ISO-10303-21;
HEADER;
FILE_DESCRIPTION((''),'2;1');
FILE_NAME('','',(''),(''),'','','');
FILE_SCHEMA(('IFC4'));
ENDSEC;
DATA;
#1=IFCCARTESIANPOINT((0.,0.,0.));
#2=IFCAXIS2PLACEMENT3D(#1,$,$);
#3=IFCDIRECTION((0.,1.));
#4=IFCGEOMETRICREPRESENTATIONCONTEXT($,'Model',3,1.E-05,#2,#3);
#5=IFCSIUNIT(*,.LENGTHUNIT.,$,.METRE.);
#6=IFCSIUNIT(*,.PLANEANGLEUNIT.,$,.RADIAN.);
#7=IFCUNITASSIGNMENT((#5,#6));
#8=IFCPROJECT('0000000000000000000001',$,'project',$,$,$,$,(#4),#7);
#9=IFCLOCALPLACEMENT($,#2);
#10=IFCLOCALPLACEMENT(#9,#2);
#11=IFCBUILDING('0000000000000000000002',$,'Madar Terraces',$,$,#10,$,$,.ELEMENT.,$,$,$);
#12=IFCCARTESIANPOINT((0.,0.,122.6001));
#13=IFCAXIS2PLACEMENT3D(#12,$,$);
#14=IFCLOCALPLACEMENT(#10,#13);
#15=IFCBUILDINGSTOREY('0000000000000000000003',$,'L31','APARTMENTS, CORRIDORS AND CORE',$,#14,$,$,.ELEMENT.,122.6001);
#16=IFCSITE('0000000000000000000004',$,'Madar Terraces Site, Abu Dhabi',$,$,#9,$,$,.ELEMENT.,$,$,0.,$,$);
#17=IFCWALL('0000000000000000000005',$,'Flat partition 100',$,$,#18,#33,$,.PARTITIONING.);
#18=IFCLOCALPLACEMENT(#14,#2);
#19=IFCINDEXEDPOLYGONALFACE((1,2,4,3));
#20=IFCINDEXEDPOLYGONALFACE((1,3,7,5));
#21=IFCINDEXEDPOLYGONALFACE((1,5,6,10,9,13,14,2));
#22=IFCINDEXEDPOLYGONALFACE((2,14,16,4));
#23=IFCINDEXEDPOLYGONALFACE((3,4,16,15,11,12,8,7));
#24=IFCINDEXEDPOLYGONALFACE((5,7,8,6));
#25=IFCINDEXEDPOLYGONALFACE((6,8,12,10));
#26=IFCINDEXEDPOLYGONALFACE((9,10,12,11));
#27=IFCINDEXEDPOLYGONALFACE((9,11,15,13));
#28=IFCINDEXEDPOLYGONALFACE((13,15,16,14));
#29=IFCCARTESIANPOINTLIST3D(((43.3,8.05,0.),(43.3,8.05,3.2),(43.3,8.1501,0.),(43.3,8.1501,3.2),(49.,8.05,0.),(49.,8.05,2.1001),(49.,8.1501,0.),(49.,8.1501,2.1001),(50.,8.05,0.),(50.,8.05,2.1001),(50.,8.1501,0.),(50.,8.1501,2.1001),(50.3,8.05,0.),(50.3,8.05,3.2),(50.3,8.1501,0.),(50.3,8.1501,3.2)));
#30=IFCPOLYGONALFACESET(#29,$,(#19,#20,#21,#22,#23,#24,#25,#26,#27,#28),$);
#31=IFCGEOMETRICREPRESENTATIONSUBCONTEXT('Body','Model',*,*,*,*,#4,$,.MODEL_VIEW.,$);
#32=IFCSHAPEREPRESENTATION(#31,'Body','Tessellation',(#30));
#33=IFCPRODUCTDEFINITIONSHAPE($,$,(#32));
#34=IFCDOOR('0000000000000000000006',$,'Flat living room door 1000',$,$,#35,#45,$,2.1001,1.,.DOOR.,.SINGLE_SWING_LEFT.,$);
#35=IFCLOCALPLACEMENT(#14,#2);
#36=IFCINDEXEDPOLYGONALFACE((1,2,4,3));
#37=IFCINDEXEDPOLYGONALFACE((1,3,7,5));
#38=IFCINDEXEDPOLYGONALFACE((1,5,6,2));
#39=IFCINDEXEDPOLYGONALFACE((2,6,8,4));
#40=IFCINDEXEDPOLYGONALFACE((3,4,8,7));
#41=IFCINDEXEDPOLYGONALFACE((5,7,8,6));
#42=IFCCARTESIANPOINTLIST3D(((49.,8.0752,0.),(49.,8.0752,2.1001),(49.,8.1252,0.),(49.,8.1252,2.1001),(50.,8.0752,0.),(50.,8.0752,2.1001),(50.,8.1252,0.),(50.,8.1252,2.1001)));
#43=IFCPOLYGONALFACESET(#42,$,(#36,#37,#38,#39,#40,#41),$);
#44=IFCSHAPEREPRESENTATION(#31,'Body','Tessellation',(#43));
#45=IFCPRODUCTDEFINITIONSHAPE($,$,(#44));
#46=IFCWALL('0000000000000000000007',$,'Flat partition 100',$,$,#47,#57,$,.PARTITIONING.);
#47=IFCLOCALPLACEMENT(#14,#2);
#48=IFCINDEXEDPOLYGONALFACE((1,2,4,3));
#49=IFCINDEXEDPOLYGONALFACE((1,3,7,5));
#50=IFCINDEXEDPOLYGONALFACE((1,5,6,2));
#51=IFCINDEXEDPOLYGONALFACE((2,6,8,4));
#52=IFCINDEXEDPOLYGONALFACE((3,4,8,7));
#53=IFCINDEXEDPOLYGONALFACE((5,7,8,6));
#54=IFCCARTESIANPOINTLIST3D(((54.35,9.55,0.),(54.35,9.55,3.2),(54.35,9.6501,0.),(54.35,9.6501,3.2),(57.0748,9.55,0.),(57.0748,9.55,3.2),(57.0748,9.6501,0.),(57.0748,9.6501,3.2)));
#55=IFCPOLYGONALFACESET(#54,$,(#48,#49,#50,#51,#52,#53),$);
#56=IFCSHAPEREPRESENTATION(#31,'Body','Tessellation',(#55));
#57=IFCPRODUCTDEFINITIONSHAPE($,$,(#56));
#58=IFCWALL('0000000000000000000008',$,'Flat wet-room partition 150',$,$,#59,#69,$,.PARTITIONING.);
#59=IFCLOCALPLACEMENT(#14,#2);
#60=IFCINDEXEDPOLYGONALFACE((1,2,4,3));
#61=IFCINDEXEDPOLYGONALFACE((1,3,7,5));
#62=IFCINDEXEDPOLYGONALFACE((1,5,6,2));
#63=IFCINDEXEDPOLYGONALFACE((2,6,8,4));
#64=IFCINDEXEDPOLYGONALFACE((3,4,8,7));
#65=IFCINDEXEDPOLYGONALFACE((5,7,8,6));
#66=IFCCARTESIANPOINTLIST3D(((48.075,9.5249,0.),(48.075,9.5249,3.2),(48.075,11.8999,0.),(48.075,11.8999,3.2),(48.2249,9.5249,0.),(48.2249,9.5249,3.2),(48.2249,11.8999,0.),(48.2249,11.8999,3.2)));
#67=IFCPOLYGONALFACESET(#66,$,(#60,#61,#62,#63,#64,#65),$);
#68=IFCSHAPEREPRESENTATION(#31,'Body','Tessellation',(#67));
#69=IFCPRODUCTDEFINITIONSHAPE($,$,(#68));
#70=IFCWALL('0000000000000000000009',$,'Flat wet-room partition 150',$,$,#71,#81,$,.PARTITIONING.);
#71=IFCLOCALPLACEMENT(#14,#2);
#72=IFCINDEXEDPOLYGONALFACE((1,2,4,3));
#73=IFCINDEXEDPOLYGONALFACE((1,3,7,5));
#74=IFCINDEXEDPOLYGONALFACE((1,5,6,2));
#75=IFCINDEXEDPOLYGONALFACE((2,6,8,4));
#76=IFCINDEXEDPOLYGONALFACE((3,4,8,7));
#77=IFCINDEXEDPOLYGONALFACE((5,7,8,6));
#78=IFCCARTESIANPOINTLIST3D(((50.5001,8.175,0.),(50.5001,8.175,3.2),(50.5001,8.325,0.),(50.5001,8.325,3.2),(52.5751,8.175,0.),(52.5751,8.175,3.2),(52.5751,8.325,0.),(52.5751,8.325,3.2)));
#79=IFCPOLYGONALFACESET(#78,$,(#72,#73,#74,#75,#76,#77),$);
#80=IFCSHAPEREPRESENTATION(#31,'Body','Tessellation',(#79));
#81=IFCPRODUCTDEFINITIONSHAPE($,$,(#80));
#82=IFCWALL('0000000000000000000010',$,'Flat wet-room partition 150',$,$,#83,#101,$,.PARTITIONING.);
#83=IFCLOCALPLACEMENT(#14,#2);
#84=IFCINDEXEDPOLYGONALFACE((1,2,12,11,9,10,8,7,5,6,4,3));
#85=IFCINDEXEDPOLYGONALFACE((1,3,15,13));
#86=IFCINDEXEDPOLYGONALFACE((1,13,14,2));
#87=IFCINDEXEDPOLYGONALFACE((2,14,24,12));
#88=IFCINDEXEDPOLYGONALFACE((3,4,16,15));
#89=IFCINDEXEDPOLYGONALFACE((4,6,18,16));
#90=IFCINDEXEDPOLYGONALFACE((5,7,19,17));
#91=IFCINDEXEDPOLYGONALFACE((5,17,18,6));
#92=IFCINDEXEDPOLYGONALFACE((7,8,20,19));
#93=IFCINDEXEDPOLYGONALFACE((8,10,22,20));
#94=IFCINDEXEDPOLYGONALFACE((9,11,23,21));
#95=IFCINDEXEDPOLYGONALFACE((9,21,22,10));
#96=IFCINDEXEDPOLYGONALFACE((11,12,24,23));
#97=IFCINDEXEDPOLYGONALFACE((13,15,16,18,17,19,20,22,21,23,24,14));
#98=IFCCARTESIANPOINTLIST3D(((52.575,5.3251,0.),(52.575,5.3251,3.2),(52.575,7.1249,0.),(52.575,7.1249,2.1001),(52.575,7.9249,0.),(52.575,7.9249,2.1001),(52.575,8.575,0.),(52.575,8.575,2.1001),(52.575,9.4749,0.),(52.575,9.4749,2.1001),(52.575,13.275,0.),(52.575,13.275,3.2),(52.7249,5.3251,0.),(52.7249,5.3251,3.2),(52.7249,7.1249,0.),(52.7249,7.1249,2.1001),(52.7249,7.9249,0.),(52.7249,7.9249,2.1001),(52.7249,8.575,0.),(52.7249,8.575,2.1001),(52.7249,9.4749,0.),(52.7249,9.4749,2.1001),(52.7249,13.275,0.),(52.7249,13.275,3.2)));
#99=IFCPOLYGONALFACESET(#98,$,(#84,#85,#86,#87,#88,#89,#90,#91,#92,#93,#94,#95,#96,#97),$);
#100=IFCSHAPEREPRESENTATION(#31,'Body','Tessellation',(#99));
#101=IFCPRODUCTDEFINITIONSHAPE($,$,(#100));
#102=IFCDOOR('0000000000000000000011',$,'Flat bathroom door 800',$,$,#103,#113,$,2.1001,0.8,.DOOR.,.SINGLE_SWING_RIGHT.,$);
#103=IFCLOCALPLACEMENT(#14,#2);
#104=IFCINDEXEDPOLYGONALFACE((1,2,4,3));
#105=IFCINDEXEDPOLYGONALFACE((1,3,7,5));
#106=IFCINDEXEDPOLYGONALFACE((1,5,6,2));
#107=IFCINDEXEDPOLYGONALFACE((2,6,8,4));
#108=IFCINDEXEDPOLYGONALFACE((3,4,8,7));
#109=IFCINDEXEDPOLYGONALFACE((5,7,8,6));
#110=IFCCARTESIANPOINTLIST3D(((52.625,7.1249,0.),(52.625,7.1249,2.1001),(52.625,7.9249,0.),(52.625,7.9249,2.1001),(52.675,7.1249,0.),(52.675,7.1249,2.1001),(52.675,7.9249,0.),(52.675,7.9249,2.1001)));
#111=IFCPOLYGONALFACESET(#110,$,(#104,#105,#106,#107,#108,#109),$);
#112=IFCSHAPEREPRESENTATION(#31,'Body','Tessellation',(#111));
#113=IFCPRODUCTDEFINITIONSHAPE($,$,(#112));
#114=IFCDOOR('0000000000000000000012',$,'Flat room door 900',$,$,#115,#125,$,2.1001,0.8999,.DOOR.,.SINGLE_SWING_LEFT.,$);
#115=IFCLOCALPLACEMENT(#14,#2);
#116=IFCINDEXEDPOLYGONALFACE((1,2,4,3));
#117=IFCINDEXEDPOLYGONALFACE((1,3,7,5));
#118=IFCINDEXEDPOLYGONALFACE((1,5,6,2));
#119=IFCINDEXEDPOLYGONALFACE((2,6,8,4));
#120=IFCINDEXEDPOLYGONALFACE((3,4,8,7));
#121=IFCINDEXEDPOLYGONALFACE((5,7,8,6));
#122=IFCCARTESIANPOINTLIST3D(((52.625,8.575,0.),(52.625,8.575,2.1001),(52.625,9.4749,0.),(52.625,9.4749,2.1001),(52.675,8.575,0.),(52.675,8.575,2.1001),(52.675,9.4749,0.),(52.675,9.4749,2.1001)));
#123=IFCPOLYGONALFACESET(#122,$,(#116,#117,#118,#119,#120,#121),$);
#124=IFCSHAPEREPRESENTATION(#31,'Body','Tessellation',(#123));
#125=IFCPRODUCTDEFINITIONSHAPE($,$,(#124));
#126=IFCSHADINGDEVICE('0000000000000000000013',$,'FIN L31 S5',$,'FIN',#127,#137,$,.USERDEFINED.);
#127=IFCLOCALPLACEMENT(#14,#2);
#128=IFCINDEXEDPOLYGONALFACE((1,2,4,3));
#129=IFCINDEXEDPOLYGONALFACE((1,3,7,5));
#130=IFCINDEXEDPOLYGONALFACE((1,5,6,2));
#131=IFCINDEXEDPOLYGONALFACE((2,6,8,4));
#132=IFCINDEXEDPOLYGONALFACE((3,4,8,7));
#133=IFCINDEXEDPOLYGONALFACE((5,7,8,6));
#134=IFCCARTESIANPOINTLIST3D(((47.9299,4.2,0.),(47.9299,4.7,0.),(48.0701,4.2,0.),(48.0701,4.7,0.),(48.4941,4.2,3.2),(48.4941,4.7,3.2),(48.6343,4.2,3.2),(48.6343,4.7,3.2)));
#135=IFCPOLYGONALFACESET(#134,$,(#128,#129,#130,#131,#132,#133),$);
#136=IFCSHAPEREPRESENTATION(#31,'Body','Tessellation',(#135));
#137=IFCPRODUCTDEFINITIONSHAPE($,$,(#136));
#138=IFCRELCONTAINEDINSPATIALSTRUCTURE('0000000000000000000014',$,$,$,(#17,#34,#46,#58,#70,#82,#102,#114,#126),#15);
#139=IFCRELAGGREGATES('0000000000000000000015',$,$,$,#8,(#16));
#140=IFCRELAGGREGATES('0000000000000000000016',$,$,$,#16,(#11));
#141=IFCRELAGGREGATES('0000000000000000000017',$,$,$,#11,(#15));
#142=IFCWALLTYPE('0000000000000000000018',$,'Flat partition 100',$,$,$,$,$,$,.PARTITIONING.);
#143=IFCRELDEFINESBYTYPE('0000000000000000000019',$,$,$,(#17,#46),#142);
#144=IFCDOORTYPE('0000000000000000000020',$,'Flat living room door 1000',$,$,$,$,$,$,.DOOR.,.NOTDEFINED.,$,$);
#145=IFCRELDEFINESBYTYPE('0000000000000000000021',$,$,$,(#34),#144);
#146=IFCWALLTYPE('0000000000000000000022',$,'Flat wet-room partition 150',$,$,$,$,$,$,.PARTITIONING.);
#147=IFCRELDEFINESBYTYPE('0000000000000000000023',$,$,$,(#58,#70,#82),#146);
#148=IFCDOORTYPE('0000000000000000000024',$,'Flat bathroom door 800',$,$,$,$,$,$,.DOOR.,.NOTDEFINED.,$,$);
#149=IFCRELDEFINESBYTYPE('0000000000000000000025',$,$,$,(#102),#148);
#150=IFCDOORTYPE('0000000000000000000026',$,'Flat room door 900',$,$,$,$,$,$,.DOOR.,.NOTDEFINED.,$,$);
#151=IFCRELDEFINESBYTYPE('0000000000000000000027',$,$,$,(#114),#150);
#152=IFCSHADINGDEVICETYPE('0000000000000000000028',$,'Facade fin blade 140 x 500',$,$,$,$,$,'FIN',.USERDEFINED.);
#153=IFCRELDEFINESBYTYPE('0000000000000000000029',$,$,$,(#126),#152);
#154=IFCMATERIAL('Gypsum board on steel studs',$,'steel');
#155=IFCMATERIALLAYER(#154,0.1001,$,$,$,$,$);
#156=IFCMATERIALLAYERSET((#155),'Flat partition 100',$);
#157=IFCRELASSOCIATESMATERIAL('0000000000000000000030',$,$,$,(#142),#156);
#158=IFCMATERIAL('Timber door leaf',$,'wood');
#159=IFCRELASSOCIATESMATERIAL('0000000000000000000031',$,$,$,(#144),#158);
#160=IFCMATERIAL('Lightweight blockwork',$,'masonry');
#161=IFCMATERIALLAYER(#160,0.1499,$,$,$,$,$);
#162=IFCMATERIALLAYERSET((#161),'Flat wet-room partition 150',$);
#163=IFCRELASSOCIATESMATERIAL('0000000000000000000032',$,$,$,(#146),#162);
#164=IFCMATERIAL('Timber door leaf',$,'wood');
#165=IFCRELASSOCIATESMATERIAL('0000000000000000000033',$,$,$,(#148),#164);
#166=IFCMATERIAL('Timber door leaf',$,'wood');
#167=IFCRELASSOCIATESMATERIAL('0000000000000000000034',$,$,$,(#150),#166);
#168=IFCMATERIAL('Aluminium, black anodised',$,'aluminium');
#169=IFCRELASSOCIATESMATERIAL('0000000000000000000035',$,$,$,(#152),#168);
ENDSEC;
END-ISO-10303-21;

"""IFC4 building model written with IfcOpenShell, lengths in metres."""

from ifc_helpers import new_model, si_unit, direction, frame, frame_2d, origin, place, context, subcontext, project, spatial, polyline, rectangle, outline, extrude, material, layer, layer_set, type_object, element, fill, save


model = new_model("IFC4")

# Units and contexts
model_context = context("Model", 3, precision=1e-05, world=origin(), true_north=direction((0.0, 1.0)))
body_context = subcontext(model_context, "Body", "Model", "MODEL_VIEW")
ifc_project = project(units=[si_unit("LENGTHUNIT", "METRE"), si_unit("PLANEANGLEUNIT", "RADIAN")], contexts=[model_context])

# Site, building, storey
site_placement = place(None, origin())
site = spatial("IfcSite", under=ifc_project, at=site_placement, Name="Madar Terraces Site, Abu Dhabi", CompositionType="ELEMENT", RefElevation=0.0)
building_placement = place(site_placement, origin())
building = spatial("IfcBuilding", under=site, at=building_placement, Name="Madar Terraces", CompositionType="ELEMENT")
storey_placement = place(building_placement, frame((0.0, 0.0, 122.6001)))
storey = spatial("IfcBuildingStorey", under=building, at=storey_placement, Name="L31", Description="APARTMENTS, CORRIDORS AND CORE", CompositionType="ELEMENT", Elevation=122.6001)

# Wall, opening, door
ifc_material_1 = material(Name="Gypsum board on steel studs", Category="steel")
ifc_layer_1 = layer(ifc_material_1, 0.1001)
ifc_layer_set_1 = layer_set([ifc_layer_1], Name="Flat partition 100")
wall_type_1 = type_object("IfcWallType", Name="Flat partition 100", PredefinedType="PARTITIONING", material=ifc_layer_set_1)
wall_1_placement = place(storey_placement, frame((50.3, 8.1001, 0.0), z_axis=(0.0, 0.0, 1.0), x_axis=(-1.0, 0.0, 0.0)))
wall_1 = element("IfcWall", 1, at=wall_1_placement, inside=storey, type_object=wall_type_1, Name="Flat partition 100", PredefinedType="PARTITIONING", context=body_context, shape_type="SweptSolid", body=[
    extrude(rectangle(XDim=7.0, YDim=0.1001, at=frame_2d((3.5, 0.0))), origin(), (0.0, 0.0, 1.0), 3.2),
])
opening_1_placement = place(wall_1_placement, frame((0.3, 0.0, 0.0)))
opening_1 = element("IfcOpeningElement", 2, at=opening_1_placement, cuts=wall_1, PredefinedType="OPENING", context=body_context, shape_type="SweptSolid", body=[
    extrude(rectangle(XDim=1.0, YDim=2.1001, at=frame_2d((0.5, 1.05))), frame((0.0, 0.0601, 0.0), z_axis=(0.0, -1.0, 0.0), x_axis=(1.0, 0.0, 0.0)), (0.0, 0.0, 1.0), 0.1201),
])
ifc_material_2 = material(Name="Timber door leaf", Category="wood")
door_type_1 = type_object("IfcDoorType", Name="Flat living room door 1000", OperationType="NOTDEFINED", PredefinedType="DOOR", material=ifc_material_2)
door_1_placement = place(opening_1_placement, origin())
door_1 = element("IfcDoor", 3, at=door_1_placement, inside=storey, type_object=door_type_1, Name="Flat living room door 1000", OperationType="SINGLE_SWING_LEFT", OverallHeight=2.1001, OverallWidth=1.0, PredefinedType="DOOR", context=body_context, shape_type="SweptSolid", body=[
    extrude(rectangle(XDim=1.0, YDim=2.1001, at=frame_2d((0.5, 1.05))), frame((0.0, 0.0249, 0.0), z_axis=(0.0, -1.0, 0.0), x_axis=(1.0, 0.0, 0.0)), (0.0, 0.0, 1.0), 0.05),
])
fill(opening_1, door_1)

# Walls
wall_2_placement = place(storey_placement, frame((54.3501, 9.6001, 0.0), z_axis=(0.0, 0.0, 1.0), x_axis=(1.0, 0.0, 0.0)))
element("IfcWall", 4, at=wall_2_placement, inside=storey, type_object=wall_type_1, Name="Flat partition 100", PredefinedType="PARTITIONING", context=body_context, shape_type="SweptSolid", body=[
    extrude(rectangle(XDim=2.7249, YDim=0.1001, at=frame_2d((1.3623, 0.0))), origin(), (0.0, 0.0, 1.0), 3.2),
])
ifc_material_3 = material(Name="Lightweight blockwork", Category="masonry")
ifc_layer_2 = layer(ifc_material_3, 0.1499)
ifc_layer_set_2 = layer_set([ifc_layer_2], Name="Flat wet-room partition 150")
wall_type_2 = type_object("IfcWallType", Name="Flat wet-room partition 150", PredefinedType="PARTITIONING", material=ifc_layer_set_2)
wall_3_placement = place(storey_placement, frame((48.1499, 11.8999, 0.0), z_axis=(0.0, 0.0, 1.0), x_axis=(0.0, -1.0, 0.0)))
element("IfcWall", 5, at=wall_3_placement, inside=storey, type_object=wall_type_2, Name="Flat wet-room partition 150", PredefinedType="PARTITIONING", context=body_context, shape_type="SweptSolid", body=[
    extrude(rectangle(XDim=2.375, YDim=0.1499, at=frame_2d((1.1875, 0.0))), origin(), (0.0, 0.0, 1.0), 3.2),
])
wall_4_placement = place(storey_placement, frame((50.5, 8.25, 0.0), z_axis=(0.0, 0.0, 1.0), x_axis=(1.0, 0.0, 0.0)))
element("IfcWall", 6, at=wall_4_placement, inside=storey, type_object=wall_type_2, Name="Flat wet-room partition 150", PredefinedType="PARTITIONING", context=body_context, shape_type="SweptSolid", body=[
    extrude(rectangle(XDim=2.075, YDim=0.1499, at=frame_2d((1.0376, 0.0))), origin(), (0.0, 0.0, 1.0), 3.2),
])

# Wall, openings, doors
wall_5_placement = place(storey_placement, frame((52.6499, 5.325, 0.0), z_axis=(0.0, 0.0, 1.0), x_axis=(0.0, 1.0, 0.0)))
wall_5 = element("IfcWall", 7, at=wall_5_placement, inside=storey, type_object=wall_type_2, Name="Flat wet-room partition 150", PredefinedType="PARTITIONING", context=body_context, shape_type="SweptSolid", body=[
    extrude(rectangle(XDim=7.95, YDim=0.1499, at=frame_2d((3.9751, 0.0))), origin(), (0.0, 0.0, 1.0), 3.2),
])
opening_2_placement = place(wall_5_placement, frame((3.25, 0.0, 0.0)))
opening_2 = element("IfcOpeningElement", 8, at=opening_2_placement, cuts=wall_5, PredefinedType="OPENING", context=body_context, shape_type="SweptSolid", body=[
    extrude(rectangle(XDim=0.8999, YDim=2.1001, at=frame_2d((0.45, 1.05))), frame((0.0, 0.085, 0.0), z_axis=(0.0, -1.0, 0.0), x_axis=(1.0, 0.0, 0.0)), (0.0, 0.0, 1.0), 0.1699),
])
opening_3_placement = place(wall_5_placement, frame((1.8, 0.0, 0.0)))
opening_3 = element("IfcOpeningElement", 9, at=opening_3_placement, cuts=wall_5, PredefinedType="OPENING", context=body_context, shape_type="SweptSolid", body=[
    extrude(rectangle(XDim=0.8, YDim=2.1001, at=frame_2d((0.3999, 1.05))), frame((0.0, 0.085, 0.0), z_axis=(0.0, -1.0, 0.0), x_axis=(1.0, 0.0, 0.0)), (0.0, 0.0, 1.0), 0.1699),
])
ifc_material_4 = material(Name="Timber door leaf", Category="wood")
door_type_2 = type_object("IfcDoorType", Name="Flat bathroom door 800", OperationType="NOTDEFINED", PredefinedType="DOOR", material=ifc_material_4)
door_2_placement = place(opening_3_placement, origin())
door_2 = element("IfcDoor", 10, at=door_2_placement, inside=storey, type_object=door_type_2, Name="Flat bathroom door 800", OperationType="SINGLE_SWING_RIGHT", OverallHeight=2.1001, OverallWidth=0.8, PredefinedType="DOOR", context=body_context, shape_type="SweptSolid", body=[
    extrude(rectangle(XDim=0.8, YDim=2.1001, at=frame_2d((0.3999, 1.05))), frame((0.0, 0.0249, 0.0), z_axis=(0.0, -1.0, 0.0), x_axis=(1.0, 0.0, 0.0)), (0.0, 0.0, 1.0), 0.05),
])
fill(opening_3, door_2)
ifc_material_5 = material(Name="Timber door leaf", Category="wood")
door_type_3 = type_object("IfcDoorType", Name="Flat room door 900", OperationType="NOTDEFINED", PredefinedType="DOOR", material=ifc_material_5)
door_3_placement = place(opening_2_placement, origin())
door_3 = element("IfcDoor", 11, at=door_3_placement, inside=storey, type_object=door_type_3, Name="Flat room door 900", OperationType="SINGLE_SWING_LEFT", OverallHeight=2.1001, OverallWidth=0.8999, PredefinedType="DOOR", context=body_context, shape_type="SweptSolid", body=[
    extrude(rectangle(XDim=0.8999, YDim=2.1001, at=frame_2d((0.45, 1.05))), frame((0.0, 0.0249, 0.0), z_axis=(0.0, -1.0, 0.0), x_axis=(1.0, 0.0, 0.0)), (0.0, 0.0, 1.0), 0.05),
])
fill(opening_2, door_3)

# Shading device
ifc_material_6 = material(Name="Aluminium, black anodised", Category="aluminium")
shading_device_type = type_object("IfcShadingDeviceType", Name="Facade fin blade 140 x 500", ElementType="FIN", PredefinedType="USERDEFINED", material=ifc_material_6)
shading_device_placement = place(storey_placement, frame((47.9299, 4.45, 0.0), z_axis=(0.0, 0.0, 1.0), x_axis=(1.0, 0.0, 0.0)))
element("IfcShadingDevice", 12, at=shading_device_placement, inside=storey, type_object=shading_device_type, Name="FIN L31 S5", ObjectType="FIN", PredefinedType="USERDEFINED", context=body_context, shape_type="SweptSolid", body=[
    extrude(outline(polyline([(0.0, 0.0), (0.1401, 0.0), (0.7043, 3.2), (0.5642, 3.2), (0.0, 0.0)])), frame((0.0, 0.25, 0.0), z_axis=(0.0, -1.0, 0.0), x_axis=(1.0, 0.0, 0.0)), (0.0, 0.0, 1.0), 0.5),
])

save(model, "model.ifc")
